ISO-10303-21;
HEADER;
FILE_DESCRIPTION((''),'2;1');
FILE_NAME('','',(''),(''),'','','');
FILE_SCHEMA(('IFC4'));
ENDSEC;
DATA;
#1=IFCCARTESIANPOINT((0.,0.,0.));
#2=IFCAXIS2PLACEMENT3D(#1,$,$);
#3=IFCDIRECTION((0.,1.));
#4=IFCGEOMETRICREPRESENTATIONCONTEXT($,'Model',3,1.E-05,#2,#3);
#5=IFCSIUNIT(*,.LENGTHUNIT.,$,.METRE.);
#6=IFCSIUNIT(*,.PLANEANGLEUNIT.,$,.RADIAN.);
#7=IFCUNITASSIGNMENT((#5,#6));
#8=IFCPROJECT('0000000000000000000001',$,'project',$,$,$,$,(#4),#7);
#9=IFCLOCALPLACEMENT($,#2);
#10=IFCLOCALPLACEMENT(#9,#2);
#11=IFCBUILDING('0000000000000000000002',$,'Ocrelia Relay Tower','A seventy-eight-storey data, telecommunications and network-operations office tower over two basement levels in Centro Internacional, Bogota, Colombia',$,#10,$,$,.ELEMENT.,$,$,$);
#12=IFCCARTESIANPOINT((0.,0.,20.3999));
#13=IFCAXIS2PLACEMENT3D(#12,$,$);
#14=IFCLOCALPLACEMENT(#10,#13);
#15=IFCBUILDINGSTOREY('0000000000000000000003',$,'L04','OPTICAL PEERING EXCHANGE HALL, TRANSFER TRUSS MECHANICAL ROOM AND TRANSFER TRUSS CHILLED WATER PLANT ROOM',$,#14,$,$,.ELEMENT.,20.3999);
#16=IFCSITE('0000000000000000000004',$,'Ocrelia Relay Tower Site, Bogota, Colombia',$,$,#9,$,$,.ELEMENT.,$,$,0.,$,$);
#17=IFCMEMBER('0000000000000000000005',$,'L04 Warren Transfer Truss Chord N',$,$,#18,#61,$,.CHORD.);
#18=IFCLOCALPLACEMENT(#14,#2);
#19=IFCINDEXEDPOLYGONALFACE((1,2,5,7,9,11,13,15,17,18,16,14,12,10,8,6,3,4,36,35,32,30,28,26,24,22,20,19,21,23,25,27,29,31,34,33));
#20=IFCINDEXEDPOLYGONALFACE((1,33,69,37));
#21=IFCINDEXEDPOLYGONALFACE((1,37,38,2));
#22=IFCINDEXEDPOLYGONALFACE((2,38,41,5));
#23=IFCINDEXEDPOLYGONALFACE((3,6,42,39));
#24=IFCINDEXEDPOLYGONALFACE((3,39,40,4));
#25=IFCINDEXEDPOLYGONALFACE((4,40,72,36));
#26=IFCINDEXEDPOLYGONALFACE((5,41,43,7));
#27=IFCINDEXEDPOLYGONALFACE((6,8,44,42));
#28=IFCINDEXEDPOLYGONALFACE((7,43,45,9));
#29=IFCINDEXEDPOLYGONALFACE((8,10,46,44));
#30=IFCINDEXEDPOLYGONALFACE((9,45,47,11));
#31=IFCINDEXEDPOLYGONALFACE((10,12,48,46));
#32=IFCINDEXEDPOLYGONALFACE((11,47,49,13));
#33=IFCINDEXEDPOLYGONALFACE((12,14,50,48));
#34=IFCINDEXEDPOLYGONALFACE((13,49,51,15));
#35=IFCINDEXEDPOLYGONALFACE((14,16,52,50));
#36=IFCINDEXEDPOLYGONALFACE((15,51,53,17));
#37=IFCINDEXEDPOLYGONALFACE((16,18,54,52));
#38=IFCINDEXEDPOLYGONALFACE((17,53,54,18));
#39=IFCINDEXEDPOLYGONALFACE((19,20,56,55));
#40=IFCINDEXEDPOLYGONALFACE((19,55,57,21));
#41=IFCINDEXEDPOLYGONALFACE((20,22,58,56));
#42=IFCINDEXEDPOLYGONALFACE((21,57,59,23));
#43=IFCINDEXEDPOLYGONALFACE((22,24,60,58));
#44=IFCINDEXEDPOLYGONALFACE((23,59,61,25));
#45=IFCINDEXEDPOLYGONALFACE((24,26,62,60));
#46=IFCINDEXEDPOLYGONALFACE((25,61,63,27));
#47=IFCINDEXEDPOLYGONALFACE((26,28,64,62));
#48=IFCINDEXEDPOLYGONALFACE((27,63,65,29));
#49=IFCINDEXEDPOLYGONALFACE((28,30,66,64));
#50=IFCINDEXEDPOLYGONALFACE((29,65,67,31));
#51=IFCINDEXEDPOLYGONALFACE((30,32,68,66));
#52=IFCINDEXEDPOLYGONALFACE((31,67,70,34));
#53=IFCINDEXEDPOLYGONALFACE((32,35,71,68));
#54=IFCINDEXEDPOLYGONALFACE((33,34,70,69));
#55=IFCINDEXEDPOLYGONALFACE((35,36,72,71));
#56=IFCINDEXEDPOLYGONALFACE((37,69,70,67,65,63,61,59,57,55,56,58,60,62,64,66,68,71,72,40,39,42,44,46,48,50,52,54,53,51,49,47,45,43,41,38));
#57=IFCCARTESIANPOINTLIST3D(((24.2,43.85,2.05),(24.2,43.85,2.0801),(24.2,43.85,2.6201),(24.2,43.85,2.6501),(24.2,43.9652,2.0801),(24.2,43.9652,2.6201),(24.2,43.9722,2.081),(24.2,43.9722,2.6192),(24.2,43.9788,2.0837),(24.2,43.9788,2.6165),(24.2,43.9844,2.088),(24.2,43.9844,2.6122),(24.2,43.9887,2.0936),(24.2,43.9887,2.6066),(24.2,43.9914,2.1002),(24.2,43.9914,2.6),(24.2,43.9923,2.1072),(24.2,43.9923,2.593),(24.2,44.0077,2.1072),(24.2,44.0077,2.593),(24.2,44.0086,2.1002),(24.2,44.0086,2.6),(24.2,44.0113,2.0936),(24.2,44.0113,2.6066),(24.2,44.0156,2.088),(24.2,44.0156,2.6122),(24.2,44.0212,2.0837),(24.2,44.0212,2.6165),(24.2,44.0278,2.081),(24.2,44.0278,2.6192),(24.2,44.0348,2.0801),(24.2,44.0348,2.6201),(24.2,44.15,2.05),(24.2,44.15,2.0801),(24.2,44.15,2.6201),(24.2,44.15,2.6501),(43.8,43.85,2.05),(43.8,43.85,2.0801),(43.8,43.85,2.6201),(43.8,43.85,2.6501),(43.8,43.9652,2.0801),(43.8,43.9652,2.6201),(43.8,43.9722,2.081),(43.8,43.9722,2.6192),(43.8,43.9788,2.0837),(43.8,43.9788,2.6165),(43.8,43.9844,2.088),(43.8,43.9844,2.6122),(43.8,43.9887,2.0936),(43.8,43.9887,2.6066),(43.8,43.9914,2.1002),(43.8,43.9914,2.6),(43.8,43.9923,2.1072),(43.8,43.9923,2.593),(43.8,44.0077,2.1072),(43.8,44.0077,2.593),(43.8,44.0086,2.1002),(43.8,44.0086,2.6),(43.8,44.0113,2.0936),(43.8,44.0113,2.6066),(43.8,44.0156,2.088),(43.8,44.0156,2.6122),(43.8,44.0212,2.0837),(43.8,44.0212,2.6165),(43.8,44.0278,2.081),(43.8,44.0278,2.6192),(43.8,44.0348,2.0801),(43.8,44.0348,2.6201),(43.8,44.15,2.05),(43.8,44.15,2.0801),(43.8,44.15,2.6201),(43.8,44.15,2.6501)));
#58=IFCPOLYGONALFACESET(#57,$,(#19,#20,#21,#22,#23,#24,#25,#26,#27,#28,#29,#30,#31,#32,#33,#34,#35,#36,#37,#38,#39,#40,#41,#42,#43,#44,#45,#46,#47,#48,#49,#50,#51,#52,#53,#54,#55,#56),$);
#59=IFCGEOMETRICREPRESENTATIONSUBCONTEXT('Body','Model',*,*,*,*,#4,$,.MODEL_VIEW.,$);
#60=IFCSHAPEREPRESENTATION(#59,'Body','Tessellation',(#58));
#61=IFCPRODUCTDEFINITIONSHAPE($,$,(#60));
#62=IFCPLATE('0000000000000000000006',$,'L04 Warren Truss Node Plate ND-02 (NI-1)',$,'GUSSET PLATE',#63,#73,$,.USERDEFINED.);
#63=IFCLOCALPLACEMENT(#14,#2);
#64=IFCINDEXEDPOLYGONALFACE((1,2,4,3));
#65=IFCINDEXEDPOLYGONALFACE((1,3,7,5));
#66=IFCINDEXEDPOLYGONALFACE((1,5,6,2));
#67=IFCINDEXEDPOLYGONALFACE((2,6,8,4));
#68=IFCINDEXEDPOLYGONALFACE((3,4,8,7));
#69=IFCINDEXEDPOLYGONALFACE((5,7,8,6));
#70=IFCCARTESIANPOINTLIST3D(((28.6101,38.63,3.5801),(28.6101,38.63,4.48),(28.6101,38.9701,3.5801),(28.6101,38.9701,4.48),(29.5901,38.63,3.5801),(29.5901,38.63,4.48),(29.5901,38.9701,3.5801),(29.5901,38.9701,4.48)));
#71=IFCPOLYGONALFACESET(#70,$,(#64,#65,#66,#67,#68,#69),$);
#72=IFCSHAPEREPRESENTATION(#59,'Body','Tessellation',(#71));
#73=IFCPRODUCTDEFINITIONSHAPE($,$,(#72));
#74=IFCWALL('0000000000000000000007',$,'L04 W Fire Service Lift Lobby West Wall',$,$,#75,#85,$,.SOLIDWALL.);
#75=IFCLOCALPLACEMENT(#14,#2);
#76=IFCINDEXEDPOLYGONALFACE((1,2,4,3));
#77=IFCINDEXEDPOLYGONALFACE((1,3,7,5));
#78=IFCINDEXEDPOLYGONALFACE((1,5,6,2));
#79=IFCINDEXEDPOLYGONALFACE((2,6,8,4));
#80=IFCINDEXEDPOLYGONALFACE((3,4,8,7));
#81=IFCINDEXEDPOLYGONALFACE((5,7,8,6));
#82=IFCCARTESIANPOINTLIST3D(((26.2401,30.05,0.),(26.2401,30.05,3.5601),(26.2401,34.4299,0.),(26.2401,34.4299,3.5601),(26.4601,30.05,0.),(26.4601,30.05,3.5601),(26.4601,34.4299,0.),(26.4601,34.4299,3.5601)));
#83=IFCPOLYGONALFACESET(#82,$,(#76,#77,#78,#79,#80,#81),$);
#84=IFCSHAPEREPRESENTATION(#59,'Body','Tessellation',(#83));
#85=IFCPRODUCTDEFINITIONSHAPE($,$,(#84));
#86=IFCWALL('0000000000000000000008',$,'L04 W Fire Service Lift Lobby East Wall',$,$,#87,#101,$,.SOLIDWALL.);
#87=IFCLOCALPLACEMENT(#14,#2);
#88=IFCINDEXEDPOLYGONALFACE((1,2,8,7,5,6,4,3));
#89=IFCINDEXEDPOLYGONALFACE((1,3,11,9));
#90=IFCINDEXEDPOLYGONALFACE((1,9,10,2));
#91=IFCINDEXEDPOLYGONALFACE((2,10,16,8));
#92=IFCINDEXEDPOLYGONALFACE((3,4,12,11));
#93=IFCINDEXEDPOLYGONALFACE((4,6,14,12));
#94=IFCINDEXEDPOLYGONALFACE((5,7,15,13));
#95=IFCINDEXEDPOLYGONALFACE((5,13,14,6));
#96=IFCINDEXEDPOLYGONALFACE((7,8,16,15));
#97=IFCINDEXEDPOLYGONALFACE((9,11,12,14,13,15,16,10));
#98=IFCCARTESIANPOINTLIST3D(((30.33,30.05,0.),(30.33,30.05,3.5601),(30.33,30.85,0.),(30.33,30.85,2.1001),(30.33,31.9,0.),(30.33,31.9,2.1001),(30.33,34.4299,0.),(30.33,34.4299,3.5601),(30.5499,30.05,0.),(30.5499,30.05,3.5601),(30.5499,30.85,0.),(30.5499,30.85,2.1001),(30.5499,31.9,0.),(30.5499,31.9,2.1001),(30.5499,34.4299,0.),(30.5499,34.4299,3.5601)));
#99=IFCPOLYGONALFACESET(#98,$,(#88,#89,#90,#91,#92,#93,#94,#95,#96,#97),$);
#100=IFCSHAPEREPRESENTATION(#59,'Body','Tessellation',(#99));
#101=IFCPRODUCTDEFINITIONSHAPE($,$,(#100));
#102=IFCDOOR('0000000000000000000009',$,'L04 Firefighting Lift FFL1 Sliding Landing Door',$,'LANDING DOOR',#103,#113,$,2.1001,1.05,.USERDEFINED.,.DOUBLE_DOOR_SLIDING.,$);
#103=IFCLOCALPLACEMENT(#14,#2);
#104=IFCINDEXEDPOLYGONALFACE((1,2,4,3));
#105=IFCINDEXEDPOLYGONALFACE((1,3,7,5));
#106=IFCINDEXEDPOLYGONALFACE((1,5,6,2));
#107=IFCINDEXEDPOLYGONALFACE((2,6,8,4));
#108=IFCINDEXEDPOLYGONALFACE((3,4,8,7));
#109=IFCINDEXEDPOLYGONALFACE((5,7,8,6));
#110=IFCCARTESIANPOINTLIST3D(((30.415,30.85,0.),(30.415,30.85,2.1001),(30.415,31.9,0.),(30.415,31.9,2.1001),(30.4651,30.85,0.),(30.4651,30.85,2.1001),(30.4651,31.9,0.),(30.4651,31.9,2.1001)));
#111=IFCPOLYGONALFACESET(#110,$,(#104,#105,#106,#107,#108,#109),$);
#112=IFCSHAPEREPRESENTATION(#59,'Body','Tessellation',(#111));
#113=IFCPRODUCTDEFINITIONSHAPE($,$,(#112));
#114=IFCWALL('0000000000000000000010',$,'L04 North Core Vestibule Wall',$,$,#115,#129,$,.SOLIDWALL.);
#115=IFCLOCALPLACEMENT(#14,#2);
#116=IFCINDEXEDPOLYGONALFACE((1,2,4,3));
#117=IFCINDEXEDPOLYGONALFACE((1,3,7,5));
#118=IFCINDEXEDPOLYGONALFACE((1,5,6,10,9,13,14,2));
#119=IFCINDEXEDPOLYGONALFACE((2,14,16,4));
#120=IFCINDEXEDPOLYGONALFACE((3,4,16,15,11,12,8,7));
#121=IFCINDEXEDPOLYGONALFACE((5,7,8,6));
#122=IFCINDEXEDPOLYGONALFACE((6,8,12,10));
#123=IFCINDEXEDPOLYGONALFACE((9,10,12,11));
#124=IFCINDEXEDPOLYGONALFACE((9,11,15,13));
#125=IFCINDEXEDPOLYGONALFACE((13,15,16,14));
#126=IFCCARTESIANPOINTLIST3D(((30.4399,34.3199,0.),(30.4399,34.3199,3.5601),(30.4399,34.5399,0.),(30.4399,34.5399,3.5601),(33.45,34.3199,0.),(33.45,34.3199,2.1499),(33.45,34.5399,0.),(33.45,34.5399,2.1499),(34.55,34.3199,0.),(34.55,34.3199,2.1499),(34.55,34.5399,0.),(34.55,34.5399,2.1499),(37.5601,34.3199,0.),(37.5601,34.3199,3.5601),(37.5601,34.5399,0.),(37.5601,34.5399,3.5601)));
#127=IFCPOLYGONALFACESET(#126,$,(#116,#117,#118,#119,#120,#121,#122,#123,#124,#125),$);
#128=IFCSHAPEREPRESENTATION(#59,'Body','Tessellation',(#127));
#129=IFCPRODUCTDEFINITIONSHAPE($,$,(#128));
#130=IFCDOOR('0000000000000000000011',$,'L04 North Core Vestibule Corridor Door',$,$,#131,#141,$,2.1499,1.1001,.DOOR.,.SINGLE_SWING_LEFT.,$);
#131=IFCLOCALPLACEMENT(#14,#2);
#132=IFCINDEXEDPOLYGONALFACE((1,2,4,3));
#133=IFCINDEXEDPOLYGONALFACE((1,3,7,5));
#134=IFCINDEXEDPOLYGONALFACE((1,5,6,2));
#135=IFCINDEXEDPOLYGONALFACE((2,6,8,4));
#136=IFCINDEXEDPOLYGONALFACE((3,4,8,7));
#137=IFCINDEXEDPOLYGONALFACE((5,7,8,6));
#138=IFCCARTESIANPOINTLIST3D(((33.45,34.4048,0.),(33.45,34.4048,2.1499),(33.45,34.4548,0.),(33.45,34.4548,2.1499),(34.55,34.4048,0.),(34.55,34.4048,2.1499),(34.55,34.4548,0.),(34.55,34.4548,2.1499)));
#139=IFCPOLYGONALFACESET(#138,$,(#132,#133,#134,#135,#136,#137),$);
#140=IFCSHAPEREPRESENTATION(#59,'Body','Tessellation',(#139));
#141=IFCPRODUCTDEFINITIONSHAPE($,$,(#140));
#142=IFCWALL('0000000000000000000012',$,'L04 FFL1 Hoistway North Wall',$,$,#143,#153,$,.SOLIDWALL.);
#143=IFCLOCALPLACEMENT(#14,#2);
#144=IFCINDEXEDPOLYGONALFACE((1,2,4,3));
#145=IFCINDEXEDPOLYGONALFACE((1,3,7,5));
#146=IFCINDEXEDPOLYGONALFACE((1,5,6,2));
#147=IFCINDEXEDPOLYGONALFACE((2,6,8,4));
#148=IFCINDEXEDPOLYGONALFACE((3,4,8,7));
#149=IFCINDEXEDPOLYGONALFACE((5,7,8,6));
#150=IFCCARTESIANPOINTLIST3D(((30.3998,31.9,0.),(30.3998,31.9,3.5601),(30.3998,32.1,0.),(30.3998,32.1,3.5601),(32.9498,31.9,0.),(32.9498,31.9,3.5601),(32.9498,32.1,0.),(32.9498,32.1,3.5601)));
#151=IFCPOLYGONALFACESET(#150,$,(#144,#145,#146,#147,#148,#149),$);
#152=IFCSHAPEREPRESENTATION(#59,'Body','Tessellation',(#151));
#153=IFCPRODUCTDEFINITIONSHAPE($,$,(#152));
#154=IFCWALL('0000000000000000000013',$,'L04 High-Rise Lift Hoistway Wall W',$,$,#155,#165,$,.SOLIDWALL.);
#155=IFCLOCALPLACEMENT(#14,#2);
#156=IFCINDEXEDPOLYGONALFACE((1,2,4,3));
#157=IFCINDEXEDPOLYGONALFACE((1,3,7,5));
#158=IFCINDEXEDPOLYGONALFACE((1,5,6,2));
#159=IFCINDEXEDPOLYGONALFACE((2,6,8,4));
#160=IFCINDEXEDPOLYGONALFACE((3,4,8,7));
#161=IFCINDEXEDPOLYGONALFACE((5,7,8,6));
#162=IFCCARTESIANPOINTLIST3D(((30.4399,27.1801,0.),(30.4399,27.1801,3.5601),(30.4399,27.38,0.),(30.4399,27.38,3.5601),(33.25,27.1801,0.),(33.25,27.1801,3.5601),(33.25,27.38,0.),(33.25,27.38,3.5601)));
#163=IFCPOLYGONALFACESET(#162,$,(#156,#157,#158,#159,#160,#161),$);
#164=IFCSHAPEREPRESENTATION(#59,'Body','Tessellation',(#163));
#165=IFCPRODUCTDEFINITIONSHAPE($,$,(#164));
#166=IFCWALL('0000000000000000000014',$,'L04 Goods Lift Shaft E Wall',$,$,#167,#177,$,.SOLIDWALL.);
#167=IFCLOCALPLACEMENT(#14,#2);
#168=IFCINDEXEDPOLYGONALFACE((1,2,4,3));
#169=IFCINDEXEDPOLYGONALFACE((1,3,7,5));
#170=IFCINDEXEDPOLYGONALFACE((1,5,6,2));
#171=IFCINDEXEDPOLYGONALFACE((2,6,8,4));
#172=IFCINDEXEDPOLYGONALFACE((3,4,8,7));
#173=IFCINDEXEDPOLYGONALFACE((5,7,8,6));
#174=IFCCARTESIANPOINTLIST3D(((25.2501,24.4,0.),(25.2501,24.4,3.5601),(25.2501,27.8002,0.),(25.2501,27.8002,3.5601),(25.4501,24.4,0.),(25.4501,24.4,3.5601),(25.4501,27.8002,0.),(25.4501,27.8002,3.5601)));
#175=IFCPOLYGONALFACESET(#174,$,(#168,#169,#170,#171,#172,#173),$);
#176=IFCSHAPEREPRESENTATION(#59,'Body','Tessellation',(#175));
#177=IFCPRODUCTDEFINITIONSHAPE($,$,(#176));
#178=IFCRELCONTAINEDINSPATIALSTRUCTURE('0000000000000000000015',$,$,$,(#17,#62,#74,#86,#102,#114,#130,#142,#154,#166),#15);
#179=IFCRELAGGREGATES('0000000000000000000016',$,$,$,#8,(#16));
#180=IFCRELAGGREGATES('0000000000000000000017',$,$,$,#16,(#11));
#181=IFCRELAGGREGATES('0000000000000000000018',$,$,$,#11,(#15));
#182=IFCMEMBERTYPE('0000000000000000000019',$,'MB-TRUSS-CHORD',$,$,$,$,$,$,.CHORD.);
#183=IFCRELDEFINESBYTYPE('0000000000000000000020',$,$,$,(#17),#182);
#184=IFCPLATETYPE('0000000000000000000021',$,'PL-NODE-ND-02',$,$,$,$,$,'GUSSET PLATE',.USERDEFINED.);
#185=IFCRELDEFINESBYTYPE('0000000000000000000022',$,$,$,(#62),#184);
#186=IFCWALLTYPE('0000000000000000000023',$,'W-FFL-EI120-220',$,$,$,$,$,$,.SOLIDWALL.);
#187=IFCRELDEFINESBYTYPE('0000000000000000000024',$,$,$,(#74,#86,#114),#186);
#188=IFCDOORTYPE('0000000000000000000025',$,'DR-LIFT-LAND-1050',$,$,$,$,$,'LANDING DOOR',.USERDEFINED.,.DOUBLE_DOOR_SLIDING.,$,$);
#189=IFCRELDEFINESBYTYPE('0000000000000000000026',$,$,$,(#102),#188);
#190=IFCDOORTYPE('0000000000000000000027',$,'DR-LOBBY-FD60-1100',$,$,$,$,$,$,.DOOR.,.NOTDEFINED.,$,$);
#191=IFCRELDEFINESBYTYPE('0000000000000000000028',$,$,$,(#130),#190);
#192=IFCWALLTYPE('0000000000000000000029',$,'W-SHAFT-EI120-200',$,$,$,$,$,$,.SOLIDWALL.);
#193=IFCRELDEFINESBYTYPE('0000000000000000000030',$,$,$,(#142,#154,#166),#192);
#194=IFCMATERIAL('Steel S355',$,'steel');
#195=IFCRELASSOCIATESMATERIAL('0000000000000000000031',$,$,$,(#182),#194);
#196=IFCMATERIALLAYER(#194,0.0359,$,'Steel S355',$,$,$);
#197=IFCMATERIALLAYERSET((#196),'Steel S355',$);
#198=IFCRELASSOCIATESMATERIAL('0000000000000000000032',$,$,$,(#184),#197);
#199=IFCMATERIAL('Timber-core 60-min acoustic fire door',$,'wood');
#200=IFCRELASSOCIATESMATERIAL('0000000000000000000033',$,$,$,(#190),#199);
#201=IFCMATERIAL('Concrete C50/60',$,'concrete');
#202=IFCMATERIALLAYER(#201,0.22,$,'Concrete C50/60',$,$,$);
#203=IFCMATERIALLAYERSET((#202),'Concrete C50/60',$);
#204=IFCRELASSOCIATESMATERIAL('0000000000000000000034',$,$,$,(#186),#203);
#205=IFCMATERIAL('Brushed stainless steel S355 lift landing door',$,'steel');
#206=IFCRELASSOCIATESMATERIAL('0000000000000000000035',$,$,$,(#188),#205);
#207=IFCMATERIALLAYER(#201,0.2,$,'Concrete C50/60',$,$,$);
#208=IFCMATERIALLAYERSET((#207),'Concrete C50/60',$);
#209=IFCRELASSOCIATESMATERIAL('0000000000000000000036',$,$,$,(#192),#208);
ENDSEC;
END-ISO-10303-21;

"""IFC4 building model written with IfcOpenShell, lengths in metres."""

from ifc_helpers import new_model, si_unit, direction, frame, frame_2d, origin, origin_2d, place, context, subcontext, project, spatial, rectangle, i_section, extrude, material, layer, layer_set, material_profile, profile_set, type_object, element, fill, save


model = new_model("IFC4")

# Units and contexts
model_context = context("Model", 3, precision=1e-05, world=origin(), true_north=direction((0.0, 1.0)))
body_context = subcontext(model_context, "Body", "Model", "MODEL_VIEW")
ifc_project = project(units=[si_unit("LENGTHUNIT", "METRE"), si_unit("PLANEANGLEUNIT", "RADIAN")], contexts=[model_context])

# Site, building, storey
site_placement = place(None, origin())
site = spatial("IfcSite", under=ifc_project, at=site_placement, Name="Ocrelia Relay Tower Site, Bogota, Colombia", CompositionType="ELEMENT", RefElevation=0.0)
building_placement = place(site_placement, origin())
building = spatial("IfcBuilding", under=site, at=building_placement, Name="Ocrelia Relay Tower", Description="A seventy-eight-storey data, telecommunications and network-operations office tower over two basement levels in Centro Internacional, Bogota, Colombia", CompositionType="ELEMENT")
storey_placement = place(building_placement, frame((0.0, 0.0, 20.3999)))
storey = spatial("IfcBuildingStorey", under=building, at=storey_placement, Name="L04", Description="OPTICAL PEERING EXCHANGE HALL, TRANSFER TRUSS MECHANICAL ROOM AND TRANSFER TRUSS CHILLED WATER PLANT ROOM", CompositionType="ELEMENT", Elevation=20.3999)

# Shared definitions
ifc_material_1 = material(Name="Steel S355", Category="steel")

# Member
ifc_material_profile_1 = material_profile(ifc_material_1, i_section(OverallWidth=0.3, OverallDepth=0.6001, WebThickness=0.0154, FlangeThickness=0.03, FilletRadius=0.0271, at=origin_2d()), Name="HEB 600")
ifc_profile_set_1 = profile_set([ifc_material_profile_1], Name="Steel S355")
member_type_1 = type_object("IfcMemberType", Name="MB-TRUSS-CHORD", PredefinedType="CHORD", material=ifc_profile_set_1)
member_1_placement = place(storey_placement, frame((24.2, 44.0, 2.3501), z_axis=(1.0, 0.0, 0.0), x_axis=(0.0, 1.0, 0.0)))
element("IfcMember", 1, at=member_1_placement, inside=storey, type_object=member_type_1, Name="L04 Warren Transfer Truss Chord N", PredefinedType="CHORD", context=body_context, shape_type="SweptSolid", body=[
    extrude(i_section(OverallWidth=0.3, OverallDepth=0.6001, WebThickness=0.0154, FlangeThickness=0.03, FilletRadius=0.0271, at=origin_2d()), origin(), (0.0, 0.0, 1.0), 19.6001),
])

# Plate
ifc_layer_1 = layer(ifc_material_1, 0.0359, Name="Steel S355")
ifc_layer_set_1 = layer_set([ifc_layer_1], Name="Steel S355")
plate_type = type_object("IfcPlateType", Name="PL-NODE-ND-02", ElementType="GUSSET PLATE", PredefinedType="USERDEFINED", material=ifc_layer_set_1)
plate_placement = place(storey_placement, frame((29.1001, 38.8, 3.5801), z_axis=(0.0, 0.0, 1.0), x_axis=(1.0, 0.0, 0.0)))
element("IfcPlate", 2, at=plate_placement, inside=storey, type_object=plate_type, Name="L04 Warren Truss Node Plate ND-02 (NI-1)", ObjectType="GUSSET PLATE", PredefinedType="USERDEFINED", context=body_context, shape_type="SweptSolid", body=[
    extrude(rectangle(XDim=0.98, YDim=0.3401, at=origin_2d()), origin(), (0.0, 0.0, 1.0), 0.8999),
])

# Shared definitions
ifc_material_2 = material(Name="Timber-core 60-min acoustic fire door", Category="wood")
door_type_1 = type_object("IfcDoorType", Name="DR-LOBBY-FD60-1100", OperationType="NOTDEFINED", PredefinedType="DOOR", material=ifc_material_2)

# Wall
ifc_material_3 = material(Name="Concrete C50/60", Category="concrete")
ifc_layer_2 = layer(ifc_material_3, 0.22, Name="Concrete C50/60")
ifc_layer_set_2 = layer_set([ifc_layer_2], Name="Concrete C50/60")
wall_type_1 = type_object("IfcWallType", Name="W-FFL-EI120-220", PredefinedType="SOLIDWALL", material=ifc_layer_set_2)
wall_1_placement = place(storey_placement, frame((26.3501, 30.05, 0.0), z_axis=(0.0, 0.0, 1.0), x_axis=(0.0, 1.0, 0.0)))
element("IfcWall", 3, at=wall_1_placement, inside=storey, type_object=wall_type_1, Name="L04 W Fire Service Lift Lobby West Wall", PredefinedType="SOLIDWALL", context=body_context, shape_type="SweptSolid", body=[
    extrude(rectangle(XDim=4.3799, YDim=0.22, at=frame_2d((2.1899, 0.0))), origin(), (0.0, 0.0, 1.0), 3.5601),
])

# Walls, openings, doors
wall_2_placement = place(storey_placement, frame((30.4399, 30.05, 0.0), z_axis=(0.0, 0.0, 1.0), x_axis=(0.0, 1.0, 0.0)))
wall_2 = element("IfcWall", 4, at=wall_2_placement, inside=storey, type_object=wall_type_1, Name="L04 W Fire Service Lift Lobby East Wall", PredefinedType="SOLIDWALL", context=body_context, shape_type="SweptSolid", body=[
    extrude(rectangle(XDim=4.3799, YDim=0.22, at=frame_2d((2.1899, 0.0))), origin(), (0.0, 0.0, 1.0), 3.5601),
])
opening_1_placement = place(wall_2_placement, frame((0.8, 0.0, 0.0)))
opening_1 = element("IfcOpeningElement", 5, at=opening_1_placement, cuts=wall_2, PredefinedType="OPENING", context=body_context, shape_type="SweptSolid", body=[
    extrude(rectangle(XDim=1.05, YDim=2.1001, at=frame_2d((0.5249, 1.05))), frame((0.0, 0.1201, 0.0), z_axis=(0.0, -1.0, 0.0), x_axis=(1.0, 0.0, 0.0)), (0.0, 0.0, 1.0), 0.24),
])
ifc_material_4 = material(Name="Brushed stainless steel S355 lift landing door", Category="steel")
door_type_2 = type_object("IfcDoorType", Name="DR-LIFT-LAND-1050", ElementType="LANDING DOOR", OperationType="DOUBLE_DOOR_SLIDING", PredefinedType="USERDEFINED", material=ifc_material_4)
door_1_placement = place(opening_1_placement, origin())
door_1 = element("IfcDoor", 6, at=door_1_placement, inside=storey, type_object=door_type_2, Name="L04 Firefighting Lift FFL1 Sliding Landing Door", ObjectType="LANDING DOOR", OperationType="DOUBLE_DOOR_SLIDING", OverallHeight=2.1001, OverallWidth=1.05, PredefinedType="USERDEFINED", context=body_context, shape_type="SweptSolid", body=[
    extrude(rectangle(XDim=1.05, YDim=2.1001, at=frame_2d((0.5249, 1.05))), frame((0.0, 0.0249, 0.0), z_axis=(0.0, -1.0, 0.0), x_axis=(1.0, 0.0, 0.0)), (0.0, 0.0, 1.0), 0.05),
])
fill(opening_1, door_1)
wall_3_placement = place(storey_placement, frame((30.4399, 34.4299, 0.0), z_axis=(0.0, 0.0, 1.0), x_axis=(1.0, 0.0, 0.0)))
wall_3 = element("IfcWall", 7, at=wall_3_placement, inside=storey, type_object=wall_type_1, Name="L04 North Core Vestibule Wall", PredefinedType="SOLIDWALL", context=body_context, shape_type="SweptSolid", body=[
    extrude(rectangle(XDim=7.1201, YDim=0.22, at=frame_2d((3.5601, 0.0))), origin(), (0.0, 0.0, 1.0), 3.5601),
])
opening_2_placement = place(wall_3_placement, frame((3.01, 0.0, 0.0)))
opening_2 = element("IfcOpeningElement", 8, at=opening_2_placement, cuts=wall_3, PredefinedType="OPENING", context=body_context, shape_type="SweptSolid", body=[
    extrude(rectangle(XDim=1.1001, YDim=2.1499, at=frame_2d((0.55, 1.075))), frame((0.0, 0.1201, 0.0), z_axis=(0.0, -1.0, 0.0), x_axis=(1.0, 0.0, 0.0)), (0.0, 0.0, 1.0), 0.24),
])
door_2_placement = place(opening_2_placement, origin())
door_2 = element("IfcDoor", 9, at=door_2_placement, inside=storey, type_object=door_type_1, Name="L04 North Core Vestibule Corridor Door", OperationType="SINGLE_SWING_LEFT", OverallHeight=2.1499, OverallWidth=1.1001, PredefinedType="DOOR", context=body_context, shape_type="SweptSolid", body=[
    extrude(rectangle(XDim=1.1001, YDim=2.1499, at=frame_2d((0.55, 1.075))), frame((0.0, 0.0249, 0.0), z_axis=(0.0, -1.0, 0.0), x_axis=(1.0, 0.0, 0.0)), (0.0, 0.0, 1.0), 0.05),
])
fill(opening_2, door_2)

# Walls
ifc_layer_3 = layer(ifc_material_3, 0.2, Name="Concrete C50/60")
ifc_layer_set_3 = layer_set([ifc_layer_3], Name="Concrete C50/60")
wall_type_2 = type_object("IfcWallType", Name="W-SHAFT-EI120-200", PredefinedType="SOLIDWALL", material=ifc_layer_set_3)
wall_4_placement = place(storey_placement, frame((30.3999, 32.0, 0.0), z_axis=(0.0, 0.0, 1.0), x_axis=(1.0, 0.0, 0.0)))
element("IfcWall", 10, at=wall_4_placement, inside=storey, type_object=wall_type_2, Name="L04 FFL1 Hoistway North Wall", PredefinedType="SOLIDWALL", context=body_context, shape_type="SweptSolid", body=[
    extrude(rectangle(XDim=2.55, YDim=0.2, at=frame_2d((1.2749, 0.0))), origin(), (0.0, 0.0, 1.0), 3.5601),
])
wall_5_placement = place(storey_placement, frame((30.4399, 27.28, 0.0), z_axis=(0.0, 0.0, 1.0), x_axis=(1.0, 0.0, 0.0)))
element("IfcWall", 11, at=wall_5_placement, inside=storey, type_object=wall_type_2, Name="L04 High-Rise Lift Hoistway Wall W", PredefinedType="SOLIDWALL", context=body_context, shape_type="SweptSolid", body=[
    extrude(rectangle(XDim=2.8101, YDim=0.2, at=frame_2d((1.405, 0.0))), origin(), (0.0, 0.0, 1.0), 3.5601),
])
wall_6_placement = place(storey_placement, frame((25.3501, 24.3999, 0.0), z_axis=(0.0, 0.0, 1.0), x_axis=(0.0, 1.0, 0.0)))
element("IfcWall", 12, at=wall_6_placement, inside=storey, type_object=wall_type_2, Name="L04 Goods Lift Shaft E Wall", PredefinedType="SOLIDWALL", context=body_context, shape_type="SweptSolid", body=[
    extrude(rectangle(XDim=3.4001, YDim=0.2, at=frame_2d((1.7002, 0.0))), origin(), (0.0, 0.0, 1.0), 3.5601),
])

save(model, "model.ifc")
